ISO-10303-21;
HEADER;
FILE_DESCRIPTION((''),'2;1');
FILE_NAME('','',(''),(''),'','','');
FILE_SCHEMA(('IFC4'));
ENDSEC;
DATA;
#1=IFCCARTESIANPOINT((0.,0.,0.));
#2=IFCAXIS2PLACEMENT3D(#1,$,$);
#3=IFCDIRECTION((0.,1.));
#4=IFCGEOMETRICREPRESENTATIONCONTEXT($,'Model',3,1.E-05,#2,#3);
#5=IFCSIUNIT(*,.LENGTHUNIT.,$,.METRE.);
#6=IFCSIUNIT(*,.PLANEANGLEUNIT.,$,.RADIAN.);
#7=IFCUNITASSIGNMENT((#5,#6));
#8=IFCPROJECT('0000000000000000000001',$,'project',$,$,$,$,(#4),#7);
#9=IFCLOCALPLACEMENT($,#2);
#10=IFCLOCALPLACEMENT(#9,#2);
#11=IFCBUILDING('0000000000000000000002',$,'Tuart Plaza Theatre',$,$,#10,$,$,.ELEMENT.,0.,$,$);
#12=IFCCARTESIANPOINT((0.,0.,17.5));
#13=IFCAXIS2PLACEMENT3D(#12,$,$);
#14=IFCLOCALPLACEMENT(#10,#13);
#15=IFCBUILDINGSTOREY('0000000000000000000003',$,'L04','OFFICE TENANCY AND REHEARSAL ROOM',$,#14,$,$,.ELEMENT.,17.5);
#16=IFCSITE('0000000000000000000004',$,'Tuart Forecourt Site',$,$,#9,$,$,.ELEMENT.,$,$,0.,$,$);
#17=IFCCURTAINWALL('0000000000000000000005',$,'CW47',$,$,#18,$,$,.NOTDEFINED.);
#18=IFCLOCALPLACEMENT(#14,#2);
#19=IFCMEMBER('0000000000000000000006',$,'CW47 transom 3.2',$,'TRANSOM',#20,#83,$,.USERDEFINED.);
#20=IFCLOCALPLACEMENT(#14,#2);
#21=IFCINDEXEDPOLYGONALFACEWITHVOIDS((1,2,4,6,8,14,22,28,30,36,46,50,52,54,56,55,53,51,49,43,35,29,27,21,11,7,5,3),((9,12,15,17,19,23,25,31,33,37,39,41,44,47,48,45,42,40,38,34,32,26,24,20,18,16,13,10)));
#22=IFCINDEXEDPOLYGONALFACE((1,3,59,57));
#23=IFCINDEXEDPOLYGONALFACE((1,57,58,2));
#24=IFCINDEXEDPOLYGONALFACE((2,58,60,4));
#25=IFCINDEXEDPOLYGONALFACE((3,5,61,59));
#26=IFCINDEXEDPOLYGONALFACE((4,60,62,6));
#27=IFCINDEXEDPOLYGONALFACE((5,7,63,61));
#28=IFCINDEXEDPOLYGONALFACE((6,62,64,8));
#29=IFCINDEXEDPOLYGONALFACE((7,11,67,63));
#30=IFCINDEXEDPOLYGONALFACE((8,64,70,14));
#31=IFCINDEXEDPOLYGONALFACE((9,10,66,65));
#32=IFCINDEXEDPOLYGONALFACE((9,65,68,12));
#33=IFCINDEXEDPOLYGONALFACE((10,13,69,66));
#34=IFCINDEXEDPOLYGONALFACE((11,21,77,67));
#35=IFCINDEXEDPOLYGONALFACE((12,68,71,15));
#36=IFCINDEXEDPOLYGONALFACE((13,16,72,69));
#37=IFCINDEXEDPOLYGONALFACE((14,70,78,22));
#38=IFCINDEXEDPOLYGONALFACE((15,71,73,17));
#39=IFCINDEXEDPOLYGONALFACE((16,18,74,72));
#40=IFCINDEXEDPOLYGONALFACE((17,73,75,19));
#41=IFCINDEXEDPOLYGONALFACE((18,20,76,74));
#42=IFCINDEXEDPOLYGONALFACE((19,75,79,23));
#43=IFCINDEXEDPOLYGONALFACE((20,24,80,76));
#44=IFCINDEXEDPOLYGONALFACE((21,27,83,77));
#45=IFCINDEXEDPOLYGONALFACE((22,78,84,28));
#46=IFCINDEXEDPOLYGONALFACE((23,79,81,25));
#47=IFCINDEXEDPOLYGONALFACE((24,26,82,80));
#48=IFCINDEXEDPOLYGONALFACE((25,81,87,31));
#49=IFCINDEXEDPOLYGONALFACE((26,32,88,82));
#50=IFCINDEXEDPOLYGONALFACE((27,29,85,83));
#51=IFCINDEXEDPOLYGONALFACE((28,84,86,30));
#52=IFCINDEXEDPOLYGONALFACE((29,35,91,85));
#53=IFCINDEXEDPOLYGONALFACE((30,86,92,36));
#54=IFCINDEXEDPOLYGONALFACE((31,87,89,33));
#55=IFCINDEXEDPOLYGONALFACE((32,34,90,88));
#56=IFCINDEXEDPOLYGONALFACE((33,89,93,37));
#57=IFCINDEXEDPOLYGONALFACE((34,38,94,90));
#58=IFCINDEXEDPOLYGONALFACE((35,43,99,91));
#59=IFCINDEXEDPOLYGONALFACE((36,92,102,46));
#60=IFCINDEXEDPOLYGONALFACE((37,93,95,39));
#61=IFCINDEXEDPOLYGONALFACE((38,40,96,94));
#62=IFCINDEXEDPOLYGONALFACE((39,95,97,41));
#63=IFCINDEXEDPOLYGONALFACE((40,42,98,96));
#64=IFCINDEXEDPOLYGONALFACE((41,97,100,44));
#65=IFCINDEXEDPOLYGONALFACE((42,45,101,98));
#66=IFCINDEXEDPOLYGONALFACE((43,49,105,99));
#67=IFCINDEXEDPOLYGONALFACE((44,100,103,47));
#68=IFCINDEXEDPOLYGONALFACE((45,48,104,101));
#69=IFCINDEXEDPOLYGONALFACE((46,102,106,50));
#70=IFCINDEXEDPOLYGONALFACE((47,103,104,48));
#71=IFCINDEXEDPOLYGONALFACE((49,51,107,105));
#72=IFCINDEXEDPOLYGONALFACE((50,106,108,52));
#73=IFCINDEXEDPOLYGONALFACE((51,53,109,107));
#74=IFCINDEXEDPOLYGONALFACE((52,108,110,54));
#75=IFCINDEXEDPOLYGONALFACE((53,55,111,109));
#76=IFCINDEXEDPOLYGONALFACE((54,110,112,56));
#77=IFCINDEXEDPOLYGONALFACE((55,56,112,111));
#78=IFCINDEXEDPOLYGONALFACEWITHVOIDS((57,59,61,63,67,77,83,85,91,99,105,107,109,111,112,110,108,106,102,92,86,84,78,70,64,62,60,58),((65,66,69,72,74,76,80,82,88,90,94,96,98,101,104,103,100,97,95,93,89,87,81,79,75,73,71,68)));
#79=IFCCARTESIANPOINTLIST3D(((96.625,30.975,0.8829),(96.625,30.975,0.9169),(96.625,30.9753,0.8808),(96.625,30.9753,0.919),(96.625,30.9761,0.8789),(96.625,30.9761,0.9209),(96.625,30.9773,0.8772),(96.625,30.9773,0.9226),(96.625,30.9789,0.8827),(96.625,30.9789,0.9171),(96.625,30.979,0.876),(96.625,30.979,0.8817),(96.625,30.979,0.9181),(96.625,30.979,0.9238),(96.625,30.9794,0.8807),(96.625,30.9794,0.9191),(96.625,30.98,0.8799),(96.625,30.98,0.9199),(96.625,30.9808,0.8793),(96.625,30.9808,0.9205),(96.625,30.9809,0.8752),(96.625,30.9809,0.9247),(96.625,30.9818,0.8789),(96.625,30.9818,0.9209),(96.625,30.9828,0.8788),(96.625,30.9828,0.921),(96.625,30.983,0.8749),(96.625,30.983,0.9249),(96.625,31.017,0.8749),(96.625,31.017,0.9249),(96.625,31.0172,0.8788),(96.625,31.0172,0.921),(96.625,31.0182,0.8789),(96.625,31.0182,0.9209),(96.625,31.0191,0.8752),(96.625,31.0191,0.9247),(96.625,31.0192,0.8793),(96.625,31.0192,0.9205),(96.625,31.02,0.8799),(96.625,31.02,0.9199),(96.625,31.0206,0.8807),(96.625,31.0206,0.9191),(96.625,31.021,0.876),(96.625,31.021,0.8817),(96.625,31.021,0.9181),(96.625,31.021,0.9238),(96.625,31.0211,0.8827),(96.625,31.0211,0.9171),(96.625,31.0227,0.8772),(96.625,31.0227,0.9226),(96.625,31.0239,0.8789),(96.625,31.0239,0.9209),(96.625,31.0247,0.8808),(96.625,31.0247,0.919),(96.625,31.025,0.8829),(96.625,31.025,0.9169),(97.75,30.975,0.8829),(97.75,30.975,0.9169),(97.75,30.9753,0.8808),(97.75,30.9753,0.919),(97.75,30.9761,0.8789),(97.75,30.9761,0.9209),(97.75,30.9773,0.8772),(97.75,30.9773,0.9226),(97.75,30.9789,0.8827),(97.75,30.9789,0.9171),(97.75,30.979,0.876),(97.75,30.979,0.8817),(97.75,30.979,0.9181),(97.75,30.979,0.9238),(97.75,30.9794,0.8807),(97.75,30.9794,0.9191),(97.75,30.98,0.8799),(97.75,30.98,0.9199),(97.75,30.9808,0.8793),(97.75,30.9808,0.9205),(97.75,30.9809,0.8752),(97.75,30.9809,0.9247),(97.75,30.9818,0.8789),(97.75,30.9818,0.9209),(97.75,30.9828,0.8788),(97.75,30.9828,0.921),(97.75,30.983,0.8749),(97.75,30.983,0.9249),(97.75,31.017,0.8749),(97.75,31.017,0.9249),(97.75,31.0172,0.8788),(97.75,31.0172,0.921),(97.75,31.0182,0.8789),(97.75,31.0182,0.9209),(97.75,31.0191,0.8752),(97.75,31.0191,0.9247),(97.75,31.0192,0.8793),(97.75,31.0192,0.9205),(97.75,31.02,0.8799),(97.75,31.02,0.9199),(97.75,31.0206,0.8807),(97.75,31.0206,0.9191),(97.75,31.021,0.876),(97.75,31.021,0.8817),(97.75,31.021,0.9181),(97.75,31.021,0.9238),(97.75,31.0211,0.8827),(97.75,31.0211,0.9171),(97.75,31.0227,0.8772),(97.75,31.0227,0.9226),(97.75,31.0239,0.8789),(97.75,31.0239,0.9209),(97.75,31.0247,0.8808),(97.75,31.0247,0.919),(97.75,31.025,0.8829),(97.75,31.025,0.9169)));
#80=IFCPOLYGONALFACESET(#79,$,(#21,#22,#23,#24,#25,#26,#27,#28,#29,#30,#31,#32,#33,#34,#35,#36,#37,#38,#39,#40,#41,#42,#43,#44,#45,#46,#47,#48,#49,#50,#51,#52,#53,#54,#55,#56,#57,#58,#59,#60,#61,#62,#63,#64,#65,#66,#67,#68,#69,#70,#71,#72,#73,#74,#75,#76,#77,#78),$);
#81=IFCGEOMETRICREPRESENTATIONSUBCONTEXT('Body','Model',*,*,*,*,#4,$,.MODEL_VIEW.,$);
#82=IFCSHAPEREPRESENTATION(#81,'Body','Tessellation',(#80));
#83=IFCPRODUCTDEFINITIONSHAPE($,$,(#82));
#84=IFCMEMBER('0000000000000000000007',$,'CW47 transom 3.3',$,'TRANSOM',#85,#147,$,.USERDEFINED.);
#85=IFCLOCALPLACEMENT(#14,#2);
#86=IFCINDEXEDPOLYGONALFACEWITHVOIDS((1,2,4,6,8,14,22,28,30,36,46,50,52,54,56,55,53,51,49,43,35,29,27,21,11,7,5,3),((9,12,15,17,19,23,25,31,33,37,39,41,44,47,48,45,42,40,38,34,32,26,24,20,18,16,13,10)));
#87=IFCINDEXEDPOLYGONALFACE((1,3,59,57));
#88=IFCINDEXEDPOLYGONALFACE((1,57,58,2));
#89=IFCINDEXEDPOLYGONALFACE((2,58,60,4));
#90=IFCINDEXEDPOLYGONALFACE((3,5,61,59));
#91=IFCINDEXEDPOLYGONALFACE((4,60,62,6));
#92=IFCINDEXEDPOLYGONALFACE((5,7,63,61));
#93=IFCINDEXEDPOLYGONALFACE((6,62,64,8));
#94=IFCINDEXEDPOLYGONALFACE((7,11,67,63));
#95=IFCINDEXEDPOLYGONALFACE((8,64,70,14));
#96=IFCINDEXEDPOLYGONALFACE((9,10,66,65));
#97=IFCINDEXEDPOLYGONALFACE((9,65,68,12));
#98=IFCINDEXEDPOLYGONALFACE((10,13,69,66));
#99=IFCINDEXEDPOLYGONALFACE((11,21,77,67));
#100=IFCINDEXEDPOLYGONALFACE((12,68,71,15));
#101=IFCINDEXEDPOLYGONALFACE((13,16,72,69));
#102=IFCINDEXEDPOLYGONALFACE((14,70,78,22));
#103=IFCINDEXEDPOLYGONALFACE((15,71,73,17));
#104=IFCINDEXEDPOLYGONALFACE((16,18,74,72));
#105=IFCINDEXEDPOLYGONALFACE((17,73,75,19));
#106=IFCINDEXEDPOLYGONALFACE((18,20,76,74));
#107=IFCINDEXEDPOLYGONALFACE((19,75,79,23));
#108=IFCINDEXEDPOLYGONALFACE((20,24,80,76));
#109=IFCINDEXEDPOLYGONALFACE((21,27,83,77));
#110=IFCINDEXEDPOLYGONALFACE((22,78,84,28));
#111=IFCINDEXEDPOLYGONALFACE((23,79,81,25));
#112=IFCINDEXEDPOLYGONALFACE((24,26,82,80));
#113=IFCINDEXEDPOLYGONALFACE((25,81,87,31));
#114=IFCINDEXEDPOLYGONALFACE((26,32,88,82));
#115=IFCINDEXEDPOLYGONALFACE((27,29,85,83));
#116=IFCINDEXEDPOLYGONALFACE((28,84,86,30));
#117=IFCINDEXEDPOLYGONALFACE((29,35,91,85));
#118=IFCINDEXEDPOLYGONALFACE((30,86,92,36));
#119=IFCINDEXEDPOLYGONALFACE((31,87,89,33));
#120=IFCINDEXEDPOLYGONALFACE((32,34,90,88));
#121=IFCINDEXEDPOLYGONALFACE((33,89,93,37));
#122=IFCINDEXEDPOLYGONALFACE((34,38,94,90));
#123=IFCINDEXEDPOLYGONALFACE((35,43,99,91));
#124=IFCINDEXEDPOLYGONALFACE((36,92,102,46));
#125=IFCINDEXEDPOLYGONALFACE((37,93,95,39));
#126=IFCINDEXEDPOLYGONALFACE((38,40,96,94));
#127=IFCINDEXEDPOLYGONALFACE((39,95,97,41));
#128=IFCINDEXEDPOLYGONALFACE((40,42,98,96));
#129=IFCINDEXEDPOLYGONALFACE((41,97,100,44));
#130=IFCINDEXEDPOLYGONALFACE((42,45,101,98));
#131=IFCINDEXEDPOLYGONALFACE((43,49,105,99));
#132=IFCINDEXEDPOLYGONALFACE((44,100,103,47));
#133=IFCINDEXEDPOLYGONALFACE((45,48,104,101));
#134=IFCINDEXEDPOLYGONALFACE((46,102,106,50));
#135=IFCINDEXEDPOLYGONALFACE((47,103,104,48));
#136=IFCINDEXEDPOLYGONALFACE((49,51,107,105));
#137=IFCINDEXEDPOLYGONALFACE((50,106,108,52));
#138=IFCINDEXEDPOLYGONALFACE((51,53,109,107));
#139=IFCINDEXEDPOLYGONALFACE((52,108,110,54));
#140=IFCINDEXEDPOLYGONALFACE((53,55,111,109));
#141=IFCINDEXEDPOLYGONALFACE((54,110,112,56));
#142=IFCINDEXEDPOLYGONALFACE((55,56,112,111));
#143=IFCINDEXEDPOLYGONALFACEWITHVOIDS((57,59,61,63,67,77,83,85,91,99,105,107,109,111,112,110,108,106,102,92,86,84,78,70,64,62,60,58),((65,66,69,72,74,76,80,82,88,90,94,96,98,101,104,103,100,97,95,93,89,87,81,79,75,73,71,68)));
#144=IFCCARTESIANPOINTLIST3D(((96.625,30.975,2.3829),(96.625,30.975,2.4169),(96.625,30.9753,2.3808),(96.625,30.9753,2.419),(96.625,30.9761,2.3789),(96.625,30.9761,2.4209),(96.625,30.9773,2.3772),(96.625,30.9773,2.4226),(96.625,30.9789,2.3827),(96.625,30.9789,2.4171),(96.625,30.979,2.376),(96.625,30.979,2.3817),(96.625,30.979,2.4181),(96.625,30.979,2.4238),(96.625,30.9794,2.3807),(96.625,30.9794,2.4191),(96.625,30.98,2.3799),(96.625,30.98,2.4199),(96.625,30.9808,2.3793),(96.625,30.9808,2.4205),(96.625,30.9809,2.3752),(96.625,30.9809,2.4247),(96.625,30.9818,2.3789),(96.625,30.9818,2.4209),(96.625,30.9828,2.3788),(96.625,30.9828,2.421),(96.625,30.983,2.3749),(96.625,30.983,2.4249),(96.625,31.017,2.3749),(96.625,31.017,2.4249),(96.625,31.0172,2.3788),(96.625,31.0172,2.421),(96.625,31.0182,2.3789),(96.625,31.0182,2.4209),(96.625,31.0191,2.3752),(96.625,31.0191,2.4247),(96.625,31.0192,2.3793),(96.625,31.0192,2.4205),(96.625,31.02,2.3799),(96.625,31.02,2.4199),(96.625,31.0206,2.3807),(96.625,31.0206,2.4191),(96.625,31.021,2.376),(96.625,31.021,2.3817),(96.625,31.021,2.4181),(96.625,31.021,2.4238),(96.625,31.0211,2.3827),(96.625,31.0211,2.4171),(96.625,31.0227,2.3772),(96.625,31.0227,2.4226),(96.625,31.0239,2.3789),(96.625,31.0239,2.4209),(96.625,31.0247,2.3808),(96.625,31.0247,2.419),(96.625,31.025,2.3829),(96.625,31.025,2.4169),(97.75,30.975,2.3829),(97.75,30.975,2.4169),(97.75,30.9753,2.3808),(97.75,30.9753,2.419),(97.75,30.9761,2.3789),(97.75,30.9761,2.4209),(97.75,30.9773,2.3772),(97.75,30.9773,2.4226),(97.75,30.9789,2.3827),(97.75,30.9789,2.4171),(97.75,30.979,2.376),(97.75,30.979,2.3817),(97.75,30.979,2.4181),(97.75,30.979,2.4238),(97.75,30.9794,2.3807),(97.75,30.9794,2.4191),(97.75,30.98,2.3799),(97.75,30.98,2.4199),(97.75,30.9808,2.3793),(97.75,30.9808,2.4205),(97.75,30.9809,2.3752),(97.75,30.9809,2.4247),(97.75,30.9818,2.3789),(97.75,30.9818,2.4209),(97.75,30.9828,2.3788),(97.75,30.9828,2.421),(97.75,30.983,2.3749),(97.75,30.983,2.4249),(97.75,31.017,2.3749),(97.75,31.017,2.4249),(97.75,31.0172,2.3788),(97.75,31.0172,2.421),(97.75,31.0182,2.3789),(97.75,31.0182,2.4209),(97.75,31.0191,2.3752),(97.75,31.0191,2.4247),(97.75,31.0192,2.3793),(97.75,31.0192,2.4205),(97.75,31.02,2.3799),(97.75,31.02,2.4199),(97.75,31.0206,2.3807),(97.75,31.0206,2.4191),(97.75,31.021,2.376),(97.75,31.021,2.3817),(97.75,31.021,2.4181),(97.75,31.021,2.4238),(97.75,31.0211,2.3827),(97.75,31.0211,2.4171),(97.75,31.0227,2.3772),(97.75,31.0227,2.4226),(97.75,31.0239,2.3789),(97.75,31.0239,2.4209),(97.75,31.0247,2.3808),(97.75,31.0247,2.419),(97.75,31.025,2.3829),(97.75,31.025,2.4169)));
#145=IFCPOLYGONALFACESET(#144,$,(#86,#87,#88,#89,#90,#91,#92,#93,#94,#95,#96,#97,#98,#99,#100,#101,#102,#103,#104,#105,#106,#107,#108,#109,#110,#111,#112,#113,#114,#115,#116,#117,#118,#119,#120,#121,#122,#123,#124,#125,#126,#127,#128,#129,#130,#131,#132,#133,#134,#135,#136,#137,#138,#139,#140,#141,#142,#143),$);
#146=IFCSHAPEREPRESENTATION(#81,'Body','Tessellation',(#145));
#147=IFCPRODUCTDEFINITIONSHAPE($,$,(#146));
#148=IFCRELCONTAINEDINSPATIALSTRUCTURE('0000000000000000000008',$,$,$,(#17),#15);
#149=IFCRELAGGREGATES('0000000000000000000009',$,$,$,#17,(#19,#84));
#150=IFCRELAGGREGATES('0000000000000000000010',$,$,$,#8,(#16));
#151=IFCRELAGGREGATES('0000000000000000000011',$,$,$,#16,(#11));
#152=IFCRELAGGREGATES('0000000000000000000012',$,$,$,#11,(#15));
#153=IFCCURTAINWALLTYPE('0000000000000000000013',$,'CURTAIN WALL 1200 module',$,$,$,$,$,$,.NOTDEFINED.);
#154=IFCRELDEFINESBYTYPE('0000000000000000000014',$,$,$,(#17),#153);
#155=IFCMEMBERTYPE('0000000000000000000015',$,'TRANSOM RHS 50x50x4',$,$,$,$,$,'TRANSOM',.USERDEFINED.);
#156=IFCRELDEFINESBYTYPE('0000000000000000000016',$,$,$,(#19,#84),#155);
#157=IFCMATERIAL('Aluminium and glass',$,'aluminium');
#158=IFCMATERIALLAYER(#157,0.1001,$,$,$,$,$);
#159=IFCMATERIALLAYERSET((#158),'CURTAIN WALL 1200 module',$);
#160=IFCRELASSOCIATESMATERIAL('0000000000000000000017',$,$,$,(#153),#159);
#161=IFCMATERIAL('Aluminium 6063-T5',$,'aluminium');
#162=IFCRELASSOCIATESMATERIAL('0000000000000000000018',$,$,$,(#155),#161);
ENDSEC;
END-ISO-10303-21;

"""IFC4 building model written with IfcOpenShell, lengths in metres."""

from ifc_helpers import new_model, si_unit, direction, frame, origin, origin_2d, place, context, subcontext, project, spatial, hollow_rectangle, extrude, material, layer, layer_set, material_profile, profile_set, type_object, element, aggregate, save


model = new_model("IFC4")

# Units and contexts
model_context = context("Model", 3, precision=1e-05, world=origin(), true_north=direction((0.0, 1.0)))
body_context = subcontext(model_context, "Body", "Model", "MODEL_VIEW")
ifc_project = project(units=[si_unit("LENGTHUNIT", "METRE"), si_unit("PLANEANGLEUNIT", "RADIAN")], contexts=[model_context])

# Site, building, storey
site_placement = place(None, origin())
site = spatial("IfcSite", under=ifc_project, at=site_placement, Name="Tuart Forecourt Site", CompositionType="ELEMENT", RefElevation=0.0)
building_placement = place(site_placement, origin())
building = spatial("IfcBuilding", under=site, at=building_placement, Name="Tuart Plaza Theatre", CompositionType="ELEMENT", ElevationOfRefHeight=0.0)
storey_placement = place(building_placement, frame((0.0, 0.0, 17.5)))
storey = spatial("IfcBuildingStorey", under=building, at=storey_placement, Name="L04", Description="OFFICE TENANCY AND REHEARSAL ROOM", CompositionType="ELEMENT", Elevation=17.5)

# Curtain wall, members
ifc_material_1 = material(Name="Aluminium and glass", Category="aluminium")
ifc_layer_1 = layer(ifc_material_1, 0.1001)
ifc_layer_set_1 = layer_set([ifc_layer_1], Name="CURTAIN WALL 1200 module")
curtain_wall_type = type_object("IfcCurtainWallType", Name="CURTAIN WALL 1200 module", PredefinedType="NOTDEFINED", material=ifc_layer_set_1)
curtain_wall_placement = place(storey_placement, origin())
curtain_wall = element("IfcCurtainWall", 1, at=curtain_wall_placement, inside=storey, type_object=curtain_wall_type, Name="CW47", PredefinedType="NOTDEFINED")
ifc_material_2 = material(Name="Aluminium 6063-T5", Category="aluminium")
ifc_material_profile_1 = material_profile(ifc_material_2, hollow_rectangle(XDim=0.05, YDim=0.05, WallThickness=0.0039, InnerFilletRadius=0.0039, OuterFilletRadius=0.0081, at=origin_2d()), Name="RHS 50x50x4")
ifc_profile_set_1 = profile_set([ifc_material_profile_1], Name="Aluminium 6063-T5")
member_type_1 = type_object("IfcMemberType", Name="TRANSOM RHS 50x50x4", ElementType="TRANSOM", PredefinedType="USERDEFINED", material=ifc_profile_set_1)
member_1_placement = place(storey_placement, frame((96.625, 31.0, 0.8999), z_axis=(1.0, 0.0, 0.0), x_axis=(0.0, 1.0, 0.0)))
member_1 = element("IfcMember", 2, at=member_1_placement, type_object=member_type_1, Name="CW47 transom 3.2", ObjectType="TRANSOM", PredefinedType="USERDEFINED", context=body_context, shape_type="SweptSolid", body=[
    extrude(hollow_rectangle(XDim=0.05, YDim=0.05, WallThickness=0.0039, InnerFilletRadius=0.0039, OuterFilletRadius=0.0081, at=origin_2d()), origin(), (0.0, 0.0, 1.0), 1.125),
])
member_2_placement = place(storey_placement, frame((96.625, 31.0, 2.3999), z_axis=(1.0, 0.0, 0.0), x_axis=(0.0, 1.0, 0.0)))
member_2 = element("IfcMember", 3, at=member_2_placement, type_object=member_type_1, Name="CW47 transom 3.3", ObjectType="TRANSOM", PredefinedType="USERDEFINED", context=body_context, shape_type="SweptSolid", body=[
    extrude(hollow_rectangle(XDim=0.05, YDim=0.05, WallThickness=0.0039, InnerFilletRadius=0.0039, OuterFilletRadius=0.0081, at=origin_2d()), origin(), (0.0, 0.0, 1.0), 1.125),
])
aggregate(curtain_wall, [member_1, member_2])

save(model, "model.ifc")
